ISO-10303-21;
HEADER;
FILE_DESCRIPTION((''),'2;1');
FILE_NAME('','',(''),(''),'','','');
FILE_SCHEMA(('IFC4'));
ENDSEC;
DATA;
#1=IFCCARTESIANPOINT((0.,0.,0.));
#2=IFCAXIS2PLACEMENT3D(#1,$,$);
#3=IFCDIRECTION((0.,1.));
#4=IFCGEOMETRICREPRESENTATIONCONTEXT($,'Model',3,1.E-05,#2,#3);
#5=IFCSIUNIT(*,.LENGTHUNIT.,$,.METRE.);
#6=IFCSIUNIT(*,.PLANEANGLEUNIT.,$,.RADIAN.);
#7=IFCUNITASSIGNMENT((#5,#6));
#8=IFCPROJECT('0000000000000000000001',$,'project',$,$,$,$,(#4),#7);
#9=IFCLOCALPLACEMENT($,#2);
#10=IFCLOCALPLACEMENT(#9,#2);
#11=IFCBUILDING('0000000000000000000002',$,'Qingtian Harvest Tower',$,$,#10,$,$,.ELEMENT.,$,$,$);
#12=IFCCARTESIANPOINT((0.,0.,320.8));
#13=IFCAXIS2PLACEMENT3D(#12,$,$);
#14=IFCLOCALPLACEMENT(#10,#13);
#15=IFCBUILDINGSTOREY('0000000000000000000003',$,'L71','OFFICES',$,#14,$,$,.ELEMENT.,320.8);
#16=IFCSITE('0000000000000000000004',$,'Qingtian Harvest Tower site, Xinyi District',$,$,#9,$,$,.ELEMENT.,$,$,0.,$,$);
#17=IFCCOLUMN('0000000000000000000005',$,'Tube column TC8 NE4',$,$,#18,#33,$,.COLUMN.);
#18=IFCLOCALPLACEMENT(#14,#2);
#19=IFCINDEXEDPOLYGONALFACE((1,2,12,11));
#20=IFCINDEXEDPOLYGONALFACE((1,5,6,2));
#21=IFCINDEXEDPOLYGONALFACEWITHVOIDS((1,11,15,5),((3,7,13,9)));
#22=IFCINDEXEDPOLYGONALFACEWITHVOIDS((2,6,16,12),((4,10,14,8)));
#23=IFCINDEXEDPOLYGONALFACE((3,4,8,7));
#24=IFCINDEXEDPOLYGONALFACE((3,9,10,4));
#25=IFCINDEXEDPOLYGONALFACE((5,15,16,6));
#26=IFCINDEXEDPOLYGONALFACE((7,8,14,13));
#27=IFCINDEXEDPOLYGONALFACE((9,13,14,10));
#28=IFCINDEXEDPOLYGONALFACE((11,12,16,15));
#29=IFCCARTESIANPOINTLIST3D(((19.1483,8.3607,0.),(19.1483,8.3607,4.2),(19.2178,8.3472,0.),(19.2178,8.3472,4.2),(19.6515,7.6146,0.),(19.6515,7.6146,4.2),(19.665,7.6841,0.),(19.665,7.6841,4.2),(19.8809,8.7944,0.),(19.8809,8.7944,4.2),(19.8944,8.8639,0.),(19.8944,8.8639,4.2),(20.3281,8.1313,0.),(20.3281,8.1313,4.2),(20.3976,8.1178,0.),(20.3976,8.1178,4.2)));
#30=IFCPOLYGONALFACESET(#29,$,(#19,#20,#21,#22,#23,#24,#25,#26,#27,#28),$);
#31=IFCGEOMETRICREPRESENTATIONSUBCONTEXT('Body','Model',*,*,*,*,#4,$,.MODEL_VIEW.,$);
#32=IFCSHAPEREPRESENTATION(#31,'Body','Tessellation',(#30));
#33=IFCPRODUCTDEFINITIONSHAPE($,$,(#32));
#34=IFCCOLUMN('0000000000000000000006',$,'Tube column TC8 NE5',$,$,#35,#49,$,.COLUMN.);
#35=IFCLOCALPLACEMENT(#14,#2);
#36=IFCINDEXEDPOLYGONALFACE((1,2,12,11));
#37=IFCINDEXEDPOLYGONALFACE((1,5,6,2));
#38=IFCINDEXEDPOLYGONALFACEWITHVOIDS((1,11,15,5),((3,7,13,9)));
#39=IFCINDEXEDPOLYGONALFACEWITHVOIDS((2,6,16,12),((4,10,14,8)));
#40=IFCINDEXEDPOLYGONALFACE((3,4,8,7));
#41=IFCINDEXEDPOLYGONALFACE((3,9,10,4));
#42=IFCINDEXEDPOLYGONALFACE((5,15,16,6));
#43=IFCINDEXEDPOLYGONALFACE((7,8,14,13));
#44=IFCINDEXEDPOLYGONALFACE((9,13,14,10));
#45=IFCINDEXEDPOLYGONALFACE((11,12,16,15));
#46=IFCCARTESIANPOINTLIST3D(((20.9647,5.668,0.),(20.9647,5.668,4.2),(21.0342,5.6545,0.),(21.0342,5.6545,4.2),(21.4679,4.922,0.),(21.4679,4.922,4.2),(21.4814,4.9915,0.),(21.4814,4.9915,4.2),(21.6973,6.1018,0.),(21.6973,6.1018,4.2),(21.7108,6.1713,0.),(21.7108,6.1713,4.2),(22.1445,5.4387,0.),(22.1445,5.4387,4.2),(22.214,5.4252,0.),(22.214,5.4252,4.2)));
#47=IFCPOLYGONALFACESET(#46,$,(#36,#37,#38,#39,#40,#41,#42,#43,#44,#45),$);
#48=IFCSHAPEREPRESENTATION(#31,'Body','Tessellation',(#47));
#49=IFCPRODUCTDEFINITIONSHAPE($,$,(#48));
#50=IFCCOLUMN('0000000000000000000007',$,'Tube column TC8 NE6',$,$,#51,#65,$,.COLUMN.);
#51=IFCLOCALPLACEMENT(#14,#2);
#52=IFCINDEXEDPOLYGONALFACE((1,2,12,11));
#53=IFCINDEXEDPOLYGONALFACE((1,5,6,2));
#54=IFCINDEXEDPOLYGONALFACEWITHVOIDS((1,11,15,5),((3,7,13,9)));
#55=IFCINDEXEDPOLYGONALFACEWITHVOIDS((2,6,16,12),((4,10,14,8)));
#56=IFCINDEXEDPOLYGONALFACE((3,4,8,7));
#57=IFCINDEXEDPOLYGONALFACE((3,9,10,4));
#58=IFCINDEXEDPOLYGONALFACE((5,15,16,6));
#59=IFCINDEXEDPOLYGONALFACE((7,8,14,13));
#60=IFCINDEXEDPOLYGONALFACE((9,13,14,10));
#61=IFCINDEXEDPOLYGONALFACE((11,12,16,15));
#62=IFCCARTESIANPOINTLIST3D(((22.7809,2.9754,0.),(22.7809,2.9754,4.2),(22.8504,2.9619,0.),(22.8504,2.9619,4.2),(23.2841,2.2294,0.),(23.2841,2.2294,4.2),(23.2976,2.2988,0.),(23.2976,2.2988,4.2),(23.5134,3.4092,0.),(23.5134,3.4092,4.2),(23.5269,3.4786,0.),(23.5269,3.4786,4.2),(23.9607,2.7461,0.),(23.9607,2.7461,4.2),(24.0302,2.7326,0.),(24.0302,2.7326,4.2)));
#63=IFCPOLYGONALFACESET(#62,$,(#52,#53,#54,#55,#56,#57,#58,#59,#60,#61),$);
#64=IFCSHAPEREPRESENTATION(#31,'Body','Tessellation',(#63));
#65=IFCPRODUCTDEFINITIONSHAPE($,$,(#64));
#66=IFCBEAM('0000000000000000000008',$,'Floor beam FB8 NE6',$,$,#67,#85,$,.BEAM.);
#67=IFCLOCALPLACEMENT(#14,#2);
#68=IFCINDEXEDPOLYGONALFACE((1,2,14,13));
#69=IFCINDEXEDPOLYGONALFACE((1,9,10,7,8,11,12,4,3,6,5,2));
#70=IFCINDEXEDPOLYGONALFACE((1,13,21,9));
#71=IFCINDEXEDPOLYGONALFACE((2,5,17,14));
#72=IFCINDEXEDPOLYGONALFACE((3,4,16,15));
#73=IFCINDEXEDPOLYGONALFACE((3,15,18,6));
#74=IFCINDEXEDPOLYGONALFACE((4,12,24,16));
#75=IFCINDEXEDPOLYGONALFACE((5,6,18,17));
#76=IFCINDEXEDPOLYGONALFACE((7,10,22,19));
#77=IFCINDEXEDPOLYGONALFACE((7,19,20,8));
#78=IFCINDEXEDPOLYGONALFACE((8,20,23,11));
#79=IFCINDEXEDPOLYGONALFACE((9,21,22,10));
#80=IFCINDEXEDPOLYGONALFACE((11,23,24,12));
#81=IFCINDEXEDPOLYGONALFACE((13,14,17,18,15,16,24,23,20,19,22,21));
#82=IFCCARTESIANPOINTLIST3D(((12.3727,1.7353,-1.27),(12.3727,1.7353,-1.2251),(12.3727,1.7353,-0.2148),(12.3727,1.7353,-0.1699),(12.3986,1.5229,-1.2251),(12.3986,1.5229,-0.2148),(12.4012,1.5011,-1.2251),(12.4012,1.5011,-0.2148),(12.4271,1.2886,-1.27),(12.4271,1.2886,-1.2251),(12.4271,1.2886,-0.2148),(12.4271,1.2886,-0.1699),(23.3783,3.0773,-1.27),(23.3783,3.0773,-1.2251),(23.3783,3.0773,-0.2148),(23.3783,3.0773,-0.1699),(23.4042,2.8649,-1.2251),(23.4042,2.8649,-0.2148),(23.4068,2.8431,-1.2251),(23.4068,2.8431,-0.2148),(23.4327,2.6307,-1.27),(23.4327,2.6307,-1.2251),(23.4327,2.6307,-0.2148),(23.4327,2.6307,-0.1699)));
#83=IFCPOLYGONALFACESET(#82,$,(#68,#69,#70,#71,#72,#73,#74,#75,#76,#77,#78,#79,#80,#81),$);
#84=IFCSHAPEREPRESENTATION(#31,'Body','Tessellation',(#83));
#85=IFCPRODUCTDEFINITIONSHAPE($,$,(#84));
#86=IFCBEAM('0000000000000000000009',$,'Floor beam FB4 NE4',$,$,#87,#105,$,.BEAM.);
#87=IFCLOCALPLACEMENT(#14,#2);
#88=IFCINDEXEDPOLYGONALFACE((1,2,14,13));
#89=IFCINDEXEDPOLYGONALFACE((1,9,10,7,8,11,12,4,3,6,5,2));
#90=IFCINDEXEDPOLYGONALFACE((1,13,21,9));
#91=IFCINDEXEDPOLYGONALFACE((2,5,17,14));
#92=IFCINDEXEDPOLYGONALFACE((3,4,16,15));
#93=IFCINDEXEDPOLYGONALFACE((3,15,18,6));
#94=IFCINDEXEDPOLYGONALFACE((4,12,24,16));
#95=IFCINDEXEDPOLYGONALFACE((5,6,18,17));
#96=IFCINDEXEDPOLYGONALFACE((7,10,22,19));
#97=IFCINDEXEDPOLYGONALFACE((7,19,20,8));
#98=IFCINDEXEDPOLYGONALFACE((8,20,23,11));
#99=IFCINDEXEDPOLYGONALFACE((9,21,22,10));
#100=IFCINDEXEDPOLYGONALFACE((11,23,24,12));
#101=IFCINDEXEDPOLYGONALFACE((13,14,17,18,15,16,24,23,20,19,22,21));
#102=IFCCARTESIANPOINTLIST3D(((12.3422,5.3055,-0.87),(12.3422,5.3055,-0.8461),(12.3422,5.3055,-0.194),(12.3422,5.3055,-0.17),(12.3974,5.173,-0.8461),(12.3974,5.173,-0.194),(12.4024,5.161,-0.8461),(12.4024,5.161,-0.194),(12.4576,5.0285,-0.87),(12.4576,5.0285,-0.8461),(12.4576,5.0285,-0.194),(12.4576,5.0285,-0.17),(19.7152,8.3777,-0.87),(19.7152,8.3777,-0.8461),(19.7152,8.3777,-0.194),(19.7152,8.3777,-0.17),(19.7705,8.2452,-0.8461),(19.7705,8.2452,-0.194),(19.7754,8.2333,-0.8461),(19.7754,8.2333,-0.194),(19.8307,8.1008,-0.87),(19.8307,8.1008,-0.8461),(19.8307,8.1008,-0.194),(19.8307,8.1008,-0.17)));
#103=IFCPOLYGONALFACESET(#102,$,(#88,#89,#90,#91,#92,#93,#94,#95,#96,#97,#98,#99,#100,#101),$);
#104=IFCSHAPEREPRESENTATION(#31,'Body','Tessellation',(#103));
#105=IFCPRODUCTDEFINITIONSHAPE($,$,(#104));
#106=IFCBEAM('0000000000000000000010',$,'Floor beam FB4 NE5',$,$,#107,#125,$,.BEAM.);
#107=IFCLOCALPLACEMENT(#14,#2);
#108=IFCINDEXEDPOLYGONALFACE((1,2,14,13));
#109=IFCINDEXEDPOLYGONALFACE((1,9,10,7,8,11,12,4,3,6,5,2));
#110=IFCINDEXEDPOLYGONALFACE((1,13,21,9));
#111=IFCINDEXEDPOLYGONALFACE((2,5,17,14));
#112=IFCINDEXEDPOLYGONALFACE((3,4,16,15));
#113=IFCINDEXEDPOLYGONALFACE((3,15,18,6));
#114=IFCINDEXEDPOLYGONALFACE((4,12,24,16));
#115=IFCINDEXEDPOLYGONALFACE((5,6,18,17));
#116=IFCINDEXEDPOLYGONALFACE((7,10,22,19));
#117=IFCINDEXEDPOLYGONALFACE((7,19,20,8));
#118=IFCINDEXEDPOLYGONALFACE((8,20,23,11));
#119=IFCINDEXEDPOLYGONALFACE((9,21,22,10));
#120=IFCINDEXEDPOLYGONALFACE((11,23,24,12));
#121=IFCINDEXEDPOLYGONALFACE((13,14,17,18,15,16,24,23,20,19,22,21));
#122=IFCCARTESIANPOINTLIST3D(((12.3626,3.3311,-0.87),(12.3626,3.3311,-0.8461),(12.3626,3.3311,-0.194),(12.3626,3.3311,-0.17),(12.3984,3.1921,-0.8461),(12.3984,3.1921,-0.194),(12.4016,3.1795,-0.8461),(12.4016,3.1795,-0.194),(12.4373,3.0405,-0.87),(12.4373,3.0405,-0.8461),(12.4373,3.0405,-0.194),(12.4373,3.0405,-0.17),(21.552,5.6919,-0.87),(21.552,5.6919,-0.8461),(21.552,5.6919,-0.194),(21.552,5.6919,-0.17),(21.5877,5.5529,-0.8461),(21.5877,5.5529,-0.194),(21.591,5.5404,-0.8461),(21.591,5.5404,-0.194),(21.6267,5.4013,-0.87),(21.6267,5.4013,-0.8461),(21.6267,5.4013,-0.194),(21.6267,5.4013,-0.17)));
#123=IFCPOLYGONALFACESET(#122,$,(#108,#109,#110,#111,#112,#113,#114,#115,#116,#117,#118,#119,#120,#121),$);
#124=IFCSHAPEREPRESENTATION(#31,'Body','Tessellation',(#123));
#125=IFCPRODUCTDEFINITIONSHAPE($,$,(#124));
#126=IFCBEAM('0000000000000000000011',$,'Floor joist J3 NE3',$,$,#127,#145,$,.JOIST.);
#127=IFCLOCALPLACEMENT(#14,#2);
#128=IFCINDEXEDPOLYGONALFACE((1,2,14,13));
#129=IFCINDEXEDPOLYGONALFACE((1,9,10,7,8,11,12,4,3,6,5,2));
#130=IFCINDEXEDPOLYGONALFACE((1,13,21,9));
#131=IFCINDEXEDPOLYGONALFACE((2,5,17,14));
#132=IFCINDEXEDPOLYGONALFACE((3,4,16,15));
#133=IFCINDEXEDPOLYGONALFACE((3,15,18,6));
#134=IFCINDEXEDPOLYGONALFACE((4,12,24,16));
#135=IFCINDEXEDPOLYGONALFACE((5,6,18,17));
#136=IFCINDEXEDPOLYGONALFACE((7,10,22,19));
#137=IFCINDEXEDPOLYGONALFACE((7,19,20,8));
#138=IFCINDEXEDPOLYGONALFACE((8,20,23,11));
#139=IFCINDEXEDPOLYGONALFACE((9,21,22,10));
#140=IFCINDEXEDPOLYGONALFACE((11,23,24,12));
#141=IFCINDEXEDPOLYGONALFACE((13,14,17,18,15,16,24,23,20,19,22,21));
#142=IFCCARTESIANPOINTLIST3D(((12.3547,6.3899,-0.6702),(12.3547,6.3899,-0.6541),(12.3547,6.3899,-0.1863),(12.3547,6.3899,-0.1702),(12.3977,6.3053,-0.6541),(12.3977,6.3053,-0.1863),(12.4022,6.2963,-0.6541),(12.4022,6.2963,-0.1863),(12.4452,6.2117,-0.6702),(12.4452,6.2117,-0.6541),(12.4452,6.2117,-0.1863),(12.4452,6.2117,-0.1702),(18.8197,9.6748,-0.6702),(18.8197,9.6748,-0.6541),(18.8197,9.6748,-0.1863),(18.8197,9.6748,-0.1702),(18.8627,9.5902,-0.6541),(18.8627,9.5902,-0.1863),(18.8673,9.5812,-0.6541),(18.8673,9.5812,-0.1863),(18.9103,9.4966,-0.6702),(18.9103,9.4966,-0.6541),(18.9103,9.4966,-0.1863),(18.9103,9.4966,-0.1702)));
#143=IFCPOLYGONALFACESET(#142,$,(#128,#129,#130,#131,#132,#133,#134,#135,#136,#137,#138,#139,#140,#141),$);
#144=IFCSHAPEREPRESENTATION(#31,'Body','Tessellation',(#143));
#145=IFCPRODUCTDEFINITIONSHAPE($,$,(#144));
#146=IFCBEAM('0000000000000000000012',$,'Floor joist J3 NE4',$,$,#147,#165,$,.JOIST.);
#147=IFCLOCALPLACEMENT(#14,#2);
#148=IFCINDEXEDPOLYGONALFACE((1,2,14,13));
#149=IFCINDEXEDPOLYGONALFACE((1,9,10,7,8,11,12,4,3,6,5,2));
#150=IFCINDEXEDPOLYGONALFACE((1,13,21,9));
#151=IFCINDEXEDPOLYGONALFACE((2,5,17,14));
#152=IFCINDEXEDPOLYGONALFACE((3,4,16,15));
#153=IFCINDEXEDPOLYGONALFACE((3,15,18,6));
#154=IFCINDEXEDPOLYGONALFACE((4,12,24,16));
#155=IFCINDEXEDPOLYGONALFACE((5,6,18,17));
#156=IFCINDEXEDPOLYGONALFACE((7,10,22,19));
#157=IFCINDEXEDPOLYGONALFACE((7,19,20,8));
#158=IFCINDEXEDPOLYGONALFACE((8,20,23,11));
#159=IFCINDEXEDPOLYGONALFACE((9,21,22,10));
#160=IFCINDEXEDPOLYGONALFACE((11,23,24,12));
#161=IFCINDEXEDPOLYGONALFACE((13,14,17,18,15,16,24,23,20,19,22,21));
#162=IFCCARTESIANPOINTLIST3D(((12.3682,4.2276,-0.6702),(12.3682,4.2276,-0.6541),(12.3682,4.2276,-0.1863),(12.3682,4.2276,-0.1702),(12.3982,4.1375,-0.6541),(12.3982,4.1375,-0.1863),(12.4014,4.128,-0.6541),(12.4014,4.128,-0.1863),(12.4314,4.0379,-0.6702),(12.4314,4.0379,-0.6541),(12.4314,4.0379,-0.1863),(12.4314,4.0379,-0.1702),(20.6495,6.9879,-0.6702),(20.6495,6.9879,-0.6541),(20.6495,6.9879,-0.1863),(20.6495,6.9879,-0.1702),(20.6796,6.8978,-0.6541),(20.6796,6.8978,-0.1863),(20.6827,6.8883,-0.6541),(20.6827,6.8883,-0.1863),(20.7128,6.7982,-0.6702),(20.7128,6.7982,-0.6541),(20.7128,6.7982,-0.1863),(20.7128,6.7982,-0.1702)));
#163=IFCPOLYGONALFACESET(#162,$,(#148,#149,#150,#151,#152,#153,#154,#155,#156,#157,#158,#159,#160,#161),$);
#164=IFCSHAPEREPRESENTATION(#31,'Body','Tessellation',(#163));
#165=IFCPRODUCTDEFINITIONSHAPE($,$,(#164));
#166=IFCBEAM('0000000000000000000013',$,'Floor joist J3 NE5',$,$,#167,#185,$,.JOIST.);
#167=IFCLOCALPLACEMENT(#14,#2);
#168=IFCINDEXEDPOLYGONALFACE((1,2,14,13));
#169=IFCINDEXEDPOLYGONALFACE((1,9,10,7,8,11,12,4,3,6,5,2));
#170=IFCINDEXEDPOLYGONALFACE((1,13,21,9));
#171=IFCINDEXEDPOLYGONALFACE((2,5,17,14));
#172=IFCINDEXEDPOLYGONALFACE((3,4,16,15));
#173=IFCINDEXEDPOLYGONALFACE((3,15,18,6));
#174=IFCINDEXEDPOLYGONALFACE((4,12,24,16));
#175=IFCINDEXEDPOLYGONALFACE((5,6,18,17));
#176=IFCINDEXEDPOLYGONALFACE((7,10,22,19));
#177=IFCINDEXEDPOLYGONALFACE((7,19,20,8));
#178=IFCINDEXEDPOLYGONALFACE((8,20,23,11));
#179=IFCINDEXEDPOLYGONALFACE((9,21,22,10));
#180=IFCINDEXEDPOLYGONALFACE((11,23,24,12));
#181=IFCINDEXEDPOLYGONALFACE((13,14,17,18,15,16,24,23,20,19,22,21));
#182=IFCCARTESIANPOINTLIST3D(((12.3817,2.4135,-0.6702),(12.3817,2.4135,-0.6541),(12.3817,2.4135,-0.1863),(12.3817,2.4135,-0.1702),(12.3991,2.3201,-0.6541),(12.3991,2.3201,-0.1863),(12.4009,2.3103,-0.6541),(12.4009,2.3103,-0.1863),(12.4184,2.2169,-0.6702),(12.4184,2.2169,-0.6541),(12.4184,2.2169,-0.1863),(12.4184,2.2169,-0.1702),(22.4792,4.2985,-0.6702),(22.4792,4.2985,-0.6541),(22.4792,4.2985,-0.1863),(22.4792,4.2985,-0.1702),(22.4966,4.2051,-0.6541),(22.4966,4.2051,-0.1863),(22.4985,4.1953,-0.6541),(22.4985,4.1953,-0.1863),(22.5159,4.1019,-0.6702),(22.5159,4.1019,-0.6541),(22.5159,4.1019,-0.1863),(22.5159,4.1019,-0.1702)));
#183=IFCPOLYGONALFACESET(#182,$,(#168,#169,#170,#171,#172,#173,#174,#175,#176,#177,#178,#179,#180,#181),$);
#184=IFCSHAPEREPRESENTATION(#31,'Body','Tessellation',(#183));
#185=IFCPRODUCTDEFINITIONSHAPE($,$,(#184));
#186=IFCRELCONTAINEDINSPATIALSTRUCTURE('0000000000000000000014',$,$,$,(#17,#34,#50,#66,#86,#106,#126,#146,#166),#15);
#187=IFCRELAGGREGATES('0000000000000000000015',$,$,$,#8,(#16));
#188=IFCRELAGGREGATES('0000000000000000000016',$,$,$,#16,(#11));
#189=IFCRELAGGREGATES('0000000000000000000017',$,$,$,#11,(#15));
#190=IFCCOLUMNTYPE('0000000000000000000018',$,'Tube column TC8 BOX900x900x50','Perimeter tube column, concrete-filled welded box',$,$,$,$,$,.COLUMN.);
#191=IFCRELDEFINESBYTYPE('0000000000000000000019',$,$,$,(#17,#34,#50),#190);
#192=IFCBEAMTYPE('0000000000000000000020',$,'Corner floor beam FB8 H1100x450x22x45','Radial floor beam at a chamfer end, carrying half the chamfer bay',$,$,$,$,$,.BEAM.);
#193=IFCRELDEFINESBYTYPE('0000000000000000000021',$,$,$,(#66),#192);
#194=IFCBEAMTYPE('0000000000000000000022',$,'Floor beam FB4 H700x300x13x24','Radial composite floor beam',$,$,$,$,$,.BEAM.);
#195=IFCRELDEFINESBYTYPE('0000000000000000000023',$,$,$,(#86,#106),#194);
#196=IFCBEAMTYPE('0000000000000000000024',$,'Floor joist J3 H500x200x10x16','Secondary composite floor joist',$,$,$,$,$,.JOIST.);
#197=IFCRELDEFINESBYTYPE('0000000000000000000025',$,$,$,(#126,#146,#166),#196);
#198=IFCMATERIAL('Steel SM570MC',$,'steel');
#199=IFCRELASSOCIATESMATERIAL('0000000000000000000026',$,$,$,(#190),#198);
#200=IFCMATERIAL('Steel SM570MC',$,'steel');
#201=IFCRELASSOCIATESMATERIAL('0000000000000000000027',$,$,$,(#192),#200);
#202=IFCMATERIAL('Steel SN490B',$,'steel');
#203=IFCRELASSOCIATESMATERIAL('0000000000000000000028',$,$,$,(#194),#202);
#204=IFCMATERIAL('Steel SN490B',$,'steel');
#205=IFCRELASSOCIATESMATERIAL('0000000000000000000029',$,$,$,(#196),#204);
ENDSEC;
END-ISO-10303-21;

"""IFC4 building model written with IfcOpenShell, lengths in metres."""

from ifc_helpers import new_model, si_unit, direction, frame, origin, origin_2d, place, context, subcontext, project, spatial, hollow_rectangle, i_section, extrude, material, material_profile, profile_set, type_object, element, save


model = new_model("IFC4")

# Units and contexts
model_context = context("Model", 3, precision=1e-05, world=origin(), true_north=direction((0.0, 1.0)))
body_context = subcontext(model_context, "Body", "Model", "MODEL_VIEW")
ifc_project = project(units=[si_unit("LENGTHUNIT", "METRE"), si_unit("PLANEANGLEUNIT", "RADIAN")], contexts=[model_context])

# Site, building, storey
site_placement = place(None, origin())
site = spatial("IfcSite", under=ifc_project, at=site_placement, Name="Qingtian Harvest Tower site, Xinyi District", CompositionType="ELEMENT", RefElevation=0.0)
building_placement = place(site_placement, origin())
building = spatial("IfcBuilding", under=site, at=building_placement, Name="Qingtian Harvest Tower", CompositionType="ELEMENT")
storey_placement = place(building_placement, frame((0.0, 0.0, 320.8)))
storey = spatial("IfcBuildingStorey", under=building, at=storey_placement, Name="L71", Description="OFFICES", CompositionType="ELEMENT", Elevation=320.8)

# Columns
ifc_material_1 = material(Name="Steel SM570MC", Category="steel")
ifc_material_profile_1 = material_profile(ifc_material_1, hollow_rectangle(XDim=0.8999, YDim=0.8999, WallThickness=0.05, at=origin_2d()), Name="BOX900x900x50")
ifc_profile_set_1 = profile_set([ifc_material_profile_1], Name="Steel SM570MC")
column_type = type_object("IfcColumnType", Name="Tube column TC8 BOX900x900x50", Description="Perimeter tube column, concrete-filled welded box", PredefinedType="COLUMN", material=ifc_profile_set_1)
for number, where, z_axis, x_axis, name in (
    (1, (19.7729, 8.2393, 0.0), (0.0, 0.0, 1.0), (-0.559193, 0.829038, 0.0), "Tube column TC8 NE4"),
    (2, (21.5894, 5.5466, 0.0), (0.0, 0.0, 1.0), (-0.559193, 0.829038, 0.0), "Tube column TC8 NE5"),
    (3, (23.4055, 2.854, 0.0), (0.0, 0.0, 1.0), (-0.559193, 0.829038, 0.0), "Tube column TC8 NE6"),
):
    element("IfcColumn", number, at=place(storey_placement, frame(where, z_axis=z_axis, x_axis=x_axis)), inside=storey, type_object=column_type, Name=name, PredefinedType="COLUMN", context=body_context, shape_type="SweptSolid", body=[
        extrude(hollow_rectangle(XDim=0.8999, YDim=0.8999, WallThickness=0.05, at=origin_2d()), origin(), (0.0, 0.0, 1.0), 4.2),
    ])

# Beams
ifc_material_2 = material(Name="Steel SM570MC", Category="steel")
ifc_material_profile_2 = material_profile(ifc_material_2, i_section(OverallWidth=0.45, OverallDepth=1.1001, WebThickness=0.022, FlangeThickness=0.0449, at=origin_2d()), Name="H1100x450x22x45")
ifc_profile_set_2 = profile_set([ifc_material_profile_2], Name="Steel SM570MC")
beam_type_1 = type_object("IfcBeamType", Name="Corner floor beam FB8 H1100x450x22x45", Description="Radial floor beam at a chamfer end, carrying half the chamfer bay", PredefinedType="BEAM", material=ifc_profile_set_2)
beam_1_placement = place(storey_placement, frame((23.4055, 2.854, -0.72), z_axis=(-0.992647, -0.121045, 0.0), x_axis=(0.121045, -0.992647, 0.0)))
element("IfcBeam", 4, at=beam_1_placement, inside=storey, type_object=beam_type_1, Name="Floor beam FB8 NE6", PredefinedType="BEAM", context=body_context, shape_type="SweptSolid", body=[
    extrude(i_section(OverallWidth=0.45, OverallDepth=1.1001, WebThickness=0.022, FlangeThickness=0.0449, at=origin_2d()), origin(), (0.0, 0.0, 1.0), 11.0872),
])
ifc_material_3 = material(Name="Steel SN490B", Category="steel")
ifc_material_profile_3 = material_profile(ifc_material_3, i_section(OverallWidth=0.3, OverallDepth=0.7, WebThickness=0.0129, FlangeThickness=0.0239, at=origin_2d()), Name="H700x300x13x24")
ifc_profile_set_3 = profile_set([ifc_material_profile_3], Name="Steel SN490B")
beam_type_2 = type_object("IfcBeamType", Name="Floor beam FB4 H700x300x13x24", Description="Radial composite floor beam", PredefinedType="BEAM", material=ifc_profile_set_3)
beam_2_placement = place(storey_placement, frame((19.7729, 8.2393, -0.52), z_axis=(-0.92307, -0.384633, 0.0), x_axis=(0.384633, -0.92307, 0.0)))
element("IfcBeam", 5, at=beam_2_placement, inside=storey, type_object=beam_type_2, Name="Floor beam FB4 NE4", PredefinedType="BEAM", context=body_context, shape_type="SweptSolid", body=[
    extrude(i_section(OverallWidth=0.3, OverallDepth=0.7, WebThickness=0.0129, FlangeThickness=0.0239, at=origin_2d()), origin(), (0.0, 0.0, 1.0), 7.9875),
])
beam_3_placement = place(storey_placement, frame((21.5894, 5.5466, -0.52), z_axis=(-0.968548, -0.248827, 0.0), x_axis=(0.248827, -0.968548, 0.0)))
element("IfcBeam", 6, at=beam_3_placement, inside=storey, type_object=beam_type_2, Name="Floor beam FB4 NE5", PredefinedType="BEAM", context=body_context, shape_type="SweptSolid", body=[
    extrude(i_section(OverallWidth=0.3, OverallDepth=0.7, WebThickness=0.0129, FlangeThickness=0.0239, at=origin_2d()), origin(), (0.0, 0.0, 1.0), 9.4878),
])
ifc_material_4 = material(Name="Steel SN490B", Category="steel")
ifc_material_profile_4 = material_profile(ifc_material_4, i_section(OverallWidth=0.2, OverallDepth=0.5, WebThickness=0.01, FlangeThickness=0.0161, at=origin_2d()), Name="H500x200x10x16")
ifc_profile_set_4 = profile_set([ifc_material_profile_4], Name="Steel SN490B")
beam_type_3 = type_object("IfcBeamType", Name="Floor joist J3 H500x200x10x16", Description="Secondary composite floor joist", PredefinedType="JOIST", material=ifc_profile_set_4)
beam_4_placement = place(storey_placement, frame((18.865, 9.5857, -0.4202), z_axis=(-0.89152, -0.452981, 0.0), x_axis=(0.452981, -0.89152, 0.0)))
element("IfcBeam", 7, at=beam_4_placement, inside=storey, type_object=beam_type_3, Name="Floor joist J3 NE3", PredefinedType="JOIST", context=body_context, shape_type="SweptSolid", body=[
    extrude(i_section(OverallWidth=0.2, OverallDepth=0.5, WebThickness=0.01, FlangeThickness=0.0161, at=origin_2d()), origin(), (0.0, 0.0, 1.0), 7.2517),
])
beam_5_placement = place(storey_placement, frame((20.6812, 6.8931, -0.4202), z_axis=(-0.948689, -0.316211, 0.0), x_axis=(0.316211, -0.948689, 0.0)))
element("IfcBeam", 8, at=beam_5_placement, inside=storey, type_object=beam_type_3, Name="Floor joist J3 NE4", PredefinedType="JOIST", context=body_context, shape_type="SweptSolid", body=[
    extrude(i_section(OverallWidth=0.2, OverallDepth=0.5, WebThickness=0.01, FlangeThickness=0.0161, at=origin_2d()), origin(), (0.0, 0.0, 1.0), 8.7292),
])
beam_6_placement = place(storey_placement, frame((22.4976, 4.2002, -0.4202), z_axis=(-0.983018, -0.183508, 0.0), x_axis=(0.183508, -0.983018, 0.0)))
element("IfcBeam", 9, at=beam_6_placement, inside=storey, type_object=beam_type_3, Name="Floor joist J3 NE5", PredefinedType="JOIST", context=body_context, shape_type="SweptSolid", body=[
    extrude(i_section(OverallWidth=0.2, OverallDepth=0.5, WebThickness=0.01, FlangeThickness=0.0161, at=origin_2d()), origin(), (0.0, 0.0, 1.0), 10.272),
])

save(model, "model.ifc")
